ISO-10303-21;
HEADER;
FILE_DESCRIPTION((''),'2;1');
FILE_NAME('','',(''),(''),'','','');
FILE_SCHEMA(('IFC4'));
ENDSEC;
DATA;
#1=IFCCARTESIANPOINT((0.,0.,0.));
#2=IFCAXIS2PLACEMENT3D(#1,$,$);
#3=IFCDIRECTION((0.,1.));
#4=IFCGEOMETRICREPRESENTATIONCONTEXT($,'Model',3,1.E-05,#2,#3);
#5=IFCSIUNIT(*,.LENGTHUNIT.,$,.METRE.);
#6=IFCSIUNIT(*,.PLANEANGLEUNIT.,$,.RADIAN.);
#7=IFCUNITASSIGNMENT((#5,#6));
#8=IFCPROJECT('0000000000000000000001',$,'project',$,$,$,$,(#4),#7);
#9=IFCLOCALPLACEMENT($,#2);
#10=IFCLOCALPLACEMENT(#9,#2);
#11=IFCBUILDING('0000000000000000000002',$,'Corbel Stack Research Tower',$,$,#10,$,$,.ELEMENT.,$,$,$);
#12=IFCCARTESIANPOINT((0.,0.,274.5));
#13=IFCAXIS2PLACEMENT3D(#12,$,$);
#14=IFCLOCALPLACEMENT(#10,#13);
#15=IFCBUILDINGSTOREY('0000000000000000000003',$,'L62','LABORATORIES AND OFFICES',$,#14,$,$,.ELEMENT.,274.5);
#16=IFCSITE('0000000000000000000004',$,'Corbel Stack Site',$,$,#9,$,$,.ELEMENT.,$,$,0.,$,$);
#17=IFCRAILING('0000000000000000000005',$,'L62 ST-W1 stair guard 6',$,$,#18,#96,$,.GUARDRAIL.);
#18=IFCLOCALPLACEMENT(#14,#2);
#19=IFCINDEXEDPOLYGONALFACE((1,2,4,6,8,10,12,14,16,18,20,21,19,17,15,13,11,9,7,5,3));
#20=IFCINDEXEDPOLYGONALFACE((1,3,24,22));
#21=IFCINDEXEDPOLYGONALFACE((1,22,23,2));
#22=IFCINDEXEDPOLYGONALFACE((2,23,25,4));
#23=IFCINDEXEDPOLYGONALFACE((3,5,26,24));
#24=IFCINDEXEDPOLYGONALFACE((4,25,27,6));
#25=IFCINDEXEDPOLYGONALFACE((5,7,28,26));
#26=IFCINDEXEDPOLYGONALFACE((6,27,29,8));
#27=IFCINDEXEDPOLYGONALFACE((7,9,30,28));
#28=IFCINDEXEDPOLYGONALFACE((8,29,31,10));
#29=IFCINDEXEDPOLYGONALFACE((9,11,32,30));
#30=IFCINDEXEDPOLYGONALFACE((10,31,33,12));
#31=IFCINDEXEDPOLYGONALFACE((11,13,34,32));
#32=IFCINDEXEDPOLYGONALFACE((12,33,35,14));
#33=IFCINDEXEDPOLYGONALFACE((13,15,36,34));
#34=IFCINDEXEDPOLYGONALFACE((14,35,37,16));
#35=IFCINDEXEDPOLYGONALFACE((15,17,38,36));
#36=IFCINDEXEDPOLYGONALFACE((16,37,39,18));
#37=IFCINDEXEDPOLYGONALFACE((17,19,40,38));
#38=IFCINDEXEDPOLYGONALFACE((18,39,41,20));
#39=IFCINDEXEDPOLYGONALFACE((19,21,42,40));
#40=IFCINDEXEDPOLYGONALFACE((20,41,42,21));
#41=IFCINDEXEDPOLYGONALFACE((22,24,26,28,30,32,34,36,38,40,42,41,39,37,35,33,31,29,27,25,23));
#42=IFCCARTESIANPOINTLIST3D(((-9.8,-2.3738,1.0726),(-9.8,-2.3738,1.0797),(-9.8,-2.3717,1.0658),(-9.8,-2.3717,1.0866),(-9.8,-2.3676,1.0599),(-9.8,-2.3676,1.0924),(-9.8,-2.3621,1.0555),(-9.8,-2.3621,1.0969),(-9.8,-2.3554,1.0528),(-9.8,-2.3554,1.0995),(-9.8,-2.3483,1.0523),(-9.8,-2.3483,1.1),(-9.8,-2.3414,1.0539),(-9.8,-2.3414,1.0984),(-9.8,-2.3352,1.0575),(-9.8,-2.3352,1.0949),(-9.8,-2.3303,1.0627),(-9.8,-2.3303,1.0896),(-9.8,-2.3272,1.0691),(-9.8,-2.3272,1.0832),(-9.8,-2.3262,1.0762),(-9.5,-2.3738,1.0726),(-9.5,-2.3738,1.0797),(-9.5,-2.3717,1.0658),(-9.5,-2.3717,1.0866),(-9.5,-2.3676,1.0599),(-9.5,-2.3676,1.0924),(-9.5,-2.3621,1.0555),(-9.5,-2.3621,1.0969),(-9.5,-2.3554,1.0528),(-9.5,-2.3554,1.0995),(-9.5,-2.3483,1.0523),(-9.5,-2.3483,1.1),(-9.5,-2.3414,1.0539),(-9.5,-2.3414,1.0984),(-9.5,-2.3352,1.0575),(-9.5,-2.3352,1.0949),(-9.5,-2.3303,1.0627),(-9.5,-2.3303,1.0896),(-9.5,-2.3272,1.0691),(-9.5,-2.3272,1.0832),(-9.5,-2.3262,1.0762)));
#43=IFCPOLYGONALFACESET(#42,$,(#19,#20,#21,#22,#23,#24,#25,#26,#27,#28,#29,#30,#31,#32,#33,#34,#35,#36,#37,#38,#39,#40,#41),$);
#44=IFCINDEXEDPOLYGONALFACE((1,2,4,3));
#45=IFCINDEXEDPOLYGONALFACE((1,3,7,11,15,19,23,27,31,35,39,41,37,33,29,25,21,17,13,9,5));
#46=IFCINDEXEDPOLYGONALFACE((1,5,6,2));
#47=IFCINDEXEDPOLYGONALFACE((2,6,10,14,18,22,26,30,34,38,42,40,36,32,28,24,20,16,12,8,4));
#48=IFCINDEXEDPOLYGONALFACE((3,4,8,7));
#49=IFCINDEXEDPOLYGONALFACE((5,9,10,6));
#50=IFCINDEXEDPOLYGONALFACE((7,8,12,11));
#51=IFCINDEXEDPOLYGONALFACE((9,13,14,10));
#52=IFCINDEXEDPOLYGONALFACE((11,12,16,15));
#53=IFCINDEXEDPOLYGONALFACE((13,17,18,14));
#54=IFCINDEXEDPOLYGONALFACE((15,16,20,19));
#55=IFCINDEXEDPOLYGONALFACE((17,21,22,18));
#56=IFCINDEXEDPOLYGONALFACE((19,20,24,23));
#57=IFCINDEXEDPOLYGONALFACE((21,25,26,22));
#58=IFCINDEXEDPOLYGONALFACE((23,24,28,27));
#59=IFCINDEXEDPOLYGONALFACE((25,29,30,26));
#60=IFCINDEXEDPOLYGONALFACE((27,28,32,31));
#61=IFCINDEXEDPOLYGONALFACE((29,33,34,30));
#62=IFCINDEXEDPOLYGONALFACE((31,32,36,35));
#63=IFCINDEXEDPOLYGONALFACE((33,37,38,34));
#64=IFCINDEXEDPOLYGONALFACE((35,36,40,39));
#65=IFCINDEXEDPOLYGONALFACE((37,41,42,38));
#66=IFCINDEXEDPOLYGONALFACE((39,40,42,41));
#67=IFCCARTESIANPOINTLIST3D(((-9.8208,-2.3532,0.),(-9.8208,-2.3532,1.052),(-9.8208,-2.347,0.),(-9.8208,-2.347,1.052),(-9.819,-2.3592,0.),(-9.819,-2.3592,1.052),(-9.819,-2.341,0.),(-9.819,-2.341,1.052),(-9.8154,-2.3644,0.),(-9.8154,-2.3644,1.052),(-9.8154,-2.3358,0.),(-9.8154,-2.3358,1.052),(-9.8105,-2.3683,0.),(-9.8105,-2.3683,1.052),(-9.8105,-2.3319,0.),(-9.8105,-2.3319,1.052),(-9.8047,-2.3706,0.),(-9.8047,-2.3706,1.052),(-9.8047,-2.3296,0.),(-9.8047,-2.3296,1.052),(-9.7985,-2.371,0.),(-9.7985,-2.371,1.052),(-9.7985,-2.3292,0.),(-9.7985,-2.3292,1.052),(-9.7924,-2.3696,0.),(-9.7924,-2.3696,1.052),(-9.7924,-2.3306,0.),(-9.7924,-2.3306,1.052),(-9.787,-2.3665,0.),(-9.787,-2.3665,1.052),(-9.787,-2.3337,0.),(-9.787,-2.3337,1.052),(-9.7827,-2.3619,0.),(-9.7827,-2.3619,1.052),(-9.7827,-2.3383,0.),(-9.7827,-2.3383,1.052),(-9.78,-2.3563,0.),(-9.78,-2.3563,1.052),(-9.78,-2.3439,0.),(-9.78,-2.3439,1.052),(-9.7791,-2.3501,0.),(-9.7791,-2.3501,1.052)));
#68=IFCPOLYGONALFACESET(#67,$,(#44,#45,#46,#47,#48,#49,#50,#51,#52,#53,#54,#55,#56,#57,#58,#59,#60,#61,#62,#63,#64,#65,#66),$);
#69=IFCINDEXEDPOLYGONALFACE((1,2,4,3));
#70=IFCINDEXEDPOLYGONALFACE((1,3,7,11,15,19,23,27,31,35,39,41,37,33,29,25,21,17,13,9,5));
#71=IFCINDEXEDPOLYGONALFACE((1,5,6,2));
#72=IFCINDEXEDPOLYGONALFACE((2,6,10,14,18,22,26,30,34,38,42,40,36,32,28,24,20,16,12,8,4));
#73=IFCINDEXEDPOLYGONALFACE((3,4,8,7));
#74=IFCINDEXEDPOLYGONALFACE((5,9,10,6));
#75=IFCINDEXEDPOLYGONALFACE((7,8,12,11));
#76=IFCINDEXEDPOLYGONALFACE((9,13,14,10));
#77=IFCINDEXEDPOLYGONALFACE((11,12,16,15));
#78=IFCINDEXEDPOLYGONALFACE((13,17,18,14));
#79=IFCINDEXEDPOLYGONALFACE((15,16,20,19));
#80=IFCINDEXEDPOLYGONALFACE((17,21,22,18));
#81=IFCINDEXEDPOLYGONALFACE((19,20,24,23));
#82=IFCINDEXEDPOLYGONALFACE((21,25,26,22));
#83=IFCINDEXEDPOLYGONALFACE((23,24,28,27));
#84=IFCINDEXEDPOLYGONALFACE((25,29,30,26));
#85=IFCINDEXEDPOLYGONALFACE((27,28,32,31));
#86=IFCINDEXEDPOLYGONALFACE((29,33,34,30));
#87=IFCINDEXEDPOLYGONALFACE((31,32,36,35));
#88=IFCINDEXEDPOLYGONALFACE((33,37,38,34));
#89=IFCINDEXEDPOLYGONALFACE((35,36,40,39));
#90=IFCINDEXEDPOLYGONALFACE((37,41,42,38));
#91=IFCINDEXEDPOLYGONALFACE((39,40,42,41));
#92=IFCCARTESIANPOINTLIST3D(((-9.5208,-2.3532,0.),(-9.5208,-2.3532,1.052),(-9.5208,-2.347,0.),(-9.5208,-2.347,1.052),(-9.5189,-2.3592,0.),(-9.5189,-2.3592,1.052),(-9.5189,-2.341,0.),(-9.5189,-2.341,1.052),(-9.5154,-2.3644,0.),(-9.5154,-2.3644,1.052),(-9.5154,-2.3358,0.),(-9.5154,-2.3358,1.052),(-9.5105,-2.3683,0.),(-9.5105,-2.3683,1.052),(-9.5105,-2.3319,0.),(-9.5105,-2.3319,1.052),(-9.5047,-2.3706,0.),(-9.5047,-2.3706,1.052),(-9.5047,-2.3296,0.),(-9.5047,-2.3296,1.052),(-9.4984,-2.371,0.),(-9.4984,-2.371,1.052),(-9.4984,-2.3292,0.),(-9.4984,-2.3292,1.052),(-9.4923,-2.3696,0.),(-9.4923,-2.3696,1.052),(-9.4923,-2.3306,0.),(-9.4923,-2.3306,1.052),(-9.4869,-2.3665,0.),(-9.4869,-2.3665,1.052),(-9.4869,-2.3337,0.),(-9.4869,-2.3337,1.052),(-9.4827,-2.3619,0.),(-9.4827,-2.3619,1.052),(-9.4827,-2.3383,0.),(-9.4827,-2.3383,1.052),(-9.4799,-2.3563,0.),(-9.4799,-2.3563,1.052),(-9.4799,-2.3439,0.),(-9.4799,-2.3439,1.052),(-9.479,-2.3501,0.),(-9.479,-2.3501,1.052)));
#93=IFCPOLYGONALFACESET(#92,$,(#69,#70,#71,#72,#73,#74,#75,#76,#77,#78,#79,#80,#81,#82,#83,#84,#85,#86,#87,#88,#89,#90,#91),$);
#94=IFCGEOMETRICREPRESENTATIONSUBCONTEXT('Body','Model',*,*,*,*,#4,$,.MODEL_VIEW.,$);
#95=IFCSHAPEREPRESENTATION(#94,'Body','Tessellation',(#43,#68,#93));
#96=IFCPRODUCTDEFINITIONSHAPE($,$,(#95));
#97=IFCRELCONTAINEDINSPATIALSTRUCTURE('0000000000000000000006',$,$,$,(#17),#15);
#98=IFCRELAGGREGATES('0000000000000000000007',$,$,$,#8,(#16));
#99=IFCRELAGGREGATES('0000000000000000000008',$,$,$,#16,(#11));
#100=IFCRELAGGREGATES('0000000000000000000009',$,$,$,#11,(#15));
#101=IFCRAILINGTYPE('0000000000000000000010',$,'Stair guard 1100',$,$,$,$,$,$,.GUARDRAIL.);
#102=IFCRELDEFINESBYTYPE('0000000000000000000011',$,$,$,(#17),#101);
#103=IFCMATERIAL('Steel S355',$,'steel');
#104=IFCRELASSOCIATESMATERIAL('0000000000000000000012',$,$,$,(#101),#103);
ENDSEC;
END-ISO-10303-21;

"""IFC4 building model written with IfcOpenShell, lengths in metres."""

from ifc_helpers import new_model, si_unit, direction, frame, origin, origin_2d, place, context, subcontext, project, spatial, circle, extrude, material, type_object, element, save


model = new_model("IFC4")

# Units and contexts
model_context = context("Model", 3, precision=1e-05, world=origin(), true_north=direction((0.0, 1.0)))
body_context = subcontext(model_context, "Body", "Model", "MODEL_VIEW")
ifc_project = project(units=[si_unit("LENGTHUNIT", "METRE"), si_unit("PLANEANGLEUNIT", "RADIAN")], contexts=[model_context])

# Site, building, storey
site_placement = place(None, origin())
site = spatial("IfcSite", under=ifc_project, at=site_placement, Name="Corbel Stack Site", CompositionType="ELEMENT", RefElevation=0.0)
building_placement = place(site_placement, origin())
building = spatial("IfcBuilding", under=site, at=building_placement, Name="Corbel Stack Research Tower", CompositionType="ELEMENT")
storey_placement = place(building_placement, frame((0.0, 0.0, 274.5)))
storey = spatial("IfcBuildingStorey", under=building, at=storey_placement, Name="L62", Description="LABORATORIES AND OFFICES", CompositionType="ELEMENT", Elevation=274.5)

# Railing
ifc_material_1 = material(Name="Steel S355", Category="steel")
railing_type_1 = type_object("IfcRailingType", Name="Stair guard 1100", PredefinedType="GUARDRAIL", material=ifc_material_1)
for number, where, name in (
    (1, (-9.8, -2.3501, 0.0), "L62 ST-W1 stair guard 6"),
):
    element("IfcRailing", number, at=place(storey_placement, frame(where)), inside=storey, type_object=railing_type_1, Name=name, PredefinedType="GUARDRAIL", context=body_context, shape_type="SweptSolid", body=[
        extrude(circle(Radius=0.0239, at=origin_2d()), frame((0.0, 0.0, 1.0762), z_axis=(1.0, 0.0, 0.0), x_axis=(0.0, 1.0, 0.0)), (0.0, 0.0, 1.0), 0.3),
        extrude(circle(Radius=0.021, at=origin_2d()), origin(), (0.0, 0.0, 1.0), 1.052),
        extrude(circle(Radius=0.021, at=origin_2d()), frame((0.3, 0.0, 0.0)), (0.0, 0.0, 1.0), 1.052),
    ])

save(model, "model.ifc")
